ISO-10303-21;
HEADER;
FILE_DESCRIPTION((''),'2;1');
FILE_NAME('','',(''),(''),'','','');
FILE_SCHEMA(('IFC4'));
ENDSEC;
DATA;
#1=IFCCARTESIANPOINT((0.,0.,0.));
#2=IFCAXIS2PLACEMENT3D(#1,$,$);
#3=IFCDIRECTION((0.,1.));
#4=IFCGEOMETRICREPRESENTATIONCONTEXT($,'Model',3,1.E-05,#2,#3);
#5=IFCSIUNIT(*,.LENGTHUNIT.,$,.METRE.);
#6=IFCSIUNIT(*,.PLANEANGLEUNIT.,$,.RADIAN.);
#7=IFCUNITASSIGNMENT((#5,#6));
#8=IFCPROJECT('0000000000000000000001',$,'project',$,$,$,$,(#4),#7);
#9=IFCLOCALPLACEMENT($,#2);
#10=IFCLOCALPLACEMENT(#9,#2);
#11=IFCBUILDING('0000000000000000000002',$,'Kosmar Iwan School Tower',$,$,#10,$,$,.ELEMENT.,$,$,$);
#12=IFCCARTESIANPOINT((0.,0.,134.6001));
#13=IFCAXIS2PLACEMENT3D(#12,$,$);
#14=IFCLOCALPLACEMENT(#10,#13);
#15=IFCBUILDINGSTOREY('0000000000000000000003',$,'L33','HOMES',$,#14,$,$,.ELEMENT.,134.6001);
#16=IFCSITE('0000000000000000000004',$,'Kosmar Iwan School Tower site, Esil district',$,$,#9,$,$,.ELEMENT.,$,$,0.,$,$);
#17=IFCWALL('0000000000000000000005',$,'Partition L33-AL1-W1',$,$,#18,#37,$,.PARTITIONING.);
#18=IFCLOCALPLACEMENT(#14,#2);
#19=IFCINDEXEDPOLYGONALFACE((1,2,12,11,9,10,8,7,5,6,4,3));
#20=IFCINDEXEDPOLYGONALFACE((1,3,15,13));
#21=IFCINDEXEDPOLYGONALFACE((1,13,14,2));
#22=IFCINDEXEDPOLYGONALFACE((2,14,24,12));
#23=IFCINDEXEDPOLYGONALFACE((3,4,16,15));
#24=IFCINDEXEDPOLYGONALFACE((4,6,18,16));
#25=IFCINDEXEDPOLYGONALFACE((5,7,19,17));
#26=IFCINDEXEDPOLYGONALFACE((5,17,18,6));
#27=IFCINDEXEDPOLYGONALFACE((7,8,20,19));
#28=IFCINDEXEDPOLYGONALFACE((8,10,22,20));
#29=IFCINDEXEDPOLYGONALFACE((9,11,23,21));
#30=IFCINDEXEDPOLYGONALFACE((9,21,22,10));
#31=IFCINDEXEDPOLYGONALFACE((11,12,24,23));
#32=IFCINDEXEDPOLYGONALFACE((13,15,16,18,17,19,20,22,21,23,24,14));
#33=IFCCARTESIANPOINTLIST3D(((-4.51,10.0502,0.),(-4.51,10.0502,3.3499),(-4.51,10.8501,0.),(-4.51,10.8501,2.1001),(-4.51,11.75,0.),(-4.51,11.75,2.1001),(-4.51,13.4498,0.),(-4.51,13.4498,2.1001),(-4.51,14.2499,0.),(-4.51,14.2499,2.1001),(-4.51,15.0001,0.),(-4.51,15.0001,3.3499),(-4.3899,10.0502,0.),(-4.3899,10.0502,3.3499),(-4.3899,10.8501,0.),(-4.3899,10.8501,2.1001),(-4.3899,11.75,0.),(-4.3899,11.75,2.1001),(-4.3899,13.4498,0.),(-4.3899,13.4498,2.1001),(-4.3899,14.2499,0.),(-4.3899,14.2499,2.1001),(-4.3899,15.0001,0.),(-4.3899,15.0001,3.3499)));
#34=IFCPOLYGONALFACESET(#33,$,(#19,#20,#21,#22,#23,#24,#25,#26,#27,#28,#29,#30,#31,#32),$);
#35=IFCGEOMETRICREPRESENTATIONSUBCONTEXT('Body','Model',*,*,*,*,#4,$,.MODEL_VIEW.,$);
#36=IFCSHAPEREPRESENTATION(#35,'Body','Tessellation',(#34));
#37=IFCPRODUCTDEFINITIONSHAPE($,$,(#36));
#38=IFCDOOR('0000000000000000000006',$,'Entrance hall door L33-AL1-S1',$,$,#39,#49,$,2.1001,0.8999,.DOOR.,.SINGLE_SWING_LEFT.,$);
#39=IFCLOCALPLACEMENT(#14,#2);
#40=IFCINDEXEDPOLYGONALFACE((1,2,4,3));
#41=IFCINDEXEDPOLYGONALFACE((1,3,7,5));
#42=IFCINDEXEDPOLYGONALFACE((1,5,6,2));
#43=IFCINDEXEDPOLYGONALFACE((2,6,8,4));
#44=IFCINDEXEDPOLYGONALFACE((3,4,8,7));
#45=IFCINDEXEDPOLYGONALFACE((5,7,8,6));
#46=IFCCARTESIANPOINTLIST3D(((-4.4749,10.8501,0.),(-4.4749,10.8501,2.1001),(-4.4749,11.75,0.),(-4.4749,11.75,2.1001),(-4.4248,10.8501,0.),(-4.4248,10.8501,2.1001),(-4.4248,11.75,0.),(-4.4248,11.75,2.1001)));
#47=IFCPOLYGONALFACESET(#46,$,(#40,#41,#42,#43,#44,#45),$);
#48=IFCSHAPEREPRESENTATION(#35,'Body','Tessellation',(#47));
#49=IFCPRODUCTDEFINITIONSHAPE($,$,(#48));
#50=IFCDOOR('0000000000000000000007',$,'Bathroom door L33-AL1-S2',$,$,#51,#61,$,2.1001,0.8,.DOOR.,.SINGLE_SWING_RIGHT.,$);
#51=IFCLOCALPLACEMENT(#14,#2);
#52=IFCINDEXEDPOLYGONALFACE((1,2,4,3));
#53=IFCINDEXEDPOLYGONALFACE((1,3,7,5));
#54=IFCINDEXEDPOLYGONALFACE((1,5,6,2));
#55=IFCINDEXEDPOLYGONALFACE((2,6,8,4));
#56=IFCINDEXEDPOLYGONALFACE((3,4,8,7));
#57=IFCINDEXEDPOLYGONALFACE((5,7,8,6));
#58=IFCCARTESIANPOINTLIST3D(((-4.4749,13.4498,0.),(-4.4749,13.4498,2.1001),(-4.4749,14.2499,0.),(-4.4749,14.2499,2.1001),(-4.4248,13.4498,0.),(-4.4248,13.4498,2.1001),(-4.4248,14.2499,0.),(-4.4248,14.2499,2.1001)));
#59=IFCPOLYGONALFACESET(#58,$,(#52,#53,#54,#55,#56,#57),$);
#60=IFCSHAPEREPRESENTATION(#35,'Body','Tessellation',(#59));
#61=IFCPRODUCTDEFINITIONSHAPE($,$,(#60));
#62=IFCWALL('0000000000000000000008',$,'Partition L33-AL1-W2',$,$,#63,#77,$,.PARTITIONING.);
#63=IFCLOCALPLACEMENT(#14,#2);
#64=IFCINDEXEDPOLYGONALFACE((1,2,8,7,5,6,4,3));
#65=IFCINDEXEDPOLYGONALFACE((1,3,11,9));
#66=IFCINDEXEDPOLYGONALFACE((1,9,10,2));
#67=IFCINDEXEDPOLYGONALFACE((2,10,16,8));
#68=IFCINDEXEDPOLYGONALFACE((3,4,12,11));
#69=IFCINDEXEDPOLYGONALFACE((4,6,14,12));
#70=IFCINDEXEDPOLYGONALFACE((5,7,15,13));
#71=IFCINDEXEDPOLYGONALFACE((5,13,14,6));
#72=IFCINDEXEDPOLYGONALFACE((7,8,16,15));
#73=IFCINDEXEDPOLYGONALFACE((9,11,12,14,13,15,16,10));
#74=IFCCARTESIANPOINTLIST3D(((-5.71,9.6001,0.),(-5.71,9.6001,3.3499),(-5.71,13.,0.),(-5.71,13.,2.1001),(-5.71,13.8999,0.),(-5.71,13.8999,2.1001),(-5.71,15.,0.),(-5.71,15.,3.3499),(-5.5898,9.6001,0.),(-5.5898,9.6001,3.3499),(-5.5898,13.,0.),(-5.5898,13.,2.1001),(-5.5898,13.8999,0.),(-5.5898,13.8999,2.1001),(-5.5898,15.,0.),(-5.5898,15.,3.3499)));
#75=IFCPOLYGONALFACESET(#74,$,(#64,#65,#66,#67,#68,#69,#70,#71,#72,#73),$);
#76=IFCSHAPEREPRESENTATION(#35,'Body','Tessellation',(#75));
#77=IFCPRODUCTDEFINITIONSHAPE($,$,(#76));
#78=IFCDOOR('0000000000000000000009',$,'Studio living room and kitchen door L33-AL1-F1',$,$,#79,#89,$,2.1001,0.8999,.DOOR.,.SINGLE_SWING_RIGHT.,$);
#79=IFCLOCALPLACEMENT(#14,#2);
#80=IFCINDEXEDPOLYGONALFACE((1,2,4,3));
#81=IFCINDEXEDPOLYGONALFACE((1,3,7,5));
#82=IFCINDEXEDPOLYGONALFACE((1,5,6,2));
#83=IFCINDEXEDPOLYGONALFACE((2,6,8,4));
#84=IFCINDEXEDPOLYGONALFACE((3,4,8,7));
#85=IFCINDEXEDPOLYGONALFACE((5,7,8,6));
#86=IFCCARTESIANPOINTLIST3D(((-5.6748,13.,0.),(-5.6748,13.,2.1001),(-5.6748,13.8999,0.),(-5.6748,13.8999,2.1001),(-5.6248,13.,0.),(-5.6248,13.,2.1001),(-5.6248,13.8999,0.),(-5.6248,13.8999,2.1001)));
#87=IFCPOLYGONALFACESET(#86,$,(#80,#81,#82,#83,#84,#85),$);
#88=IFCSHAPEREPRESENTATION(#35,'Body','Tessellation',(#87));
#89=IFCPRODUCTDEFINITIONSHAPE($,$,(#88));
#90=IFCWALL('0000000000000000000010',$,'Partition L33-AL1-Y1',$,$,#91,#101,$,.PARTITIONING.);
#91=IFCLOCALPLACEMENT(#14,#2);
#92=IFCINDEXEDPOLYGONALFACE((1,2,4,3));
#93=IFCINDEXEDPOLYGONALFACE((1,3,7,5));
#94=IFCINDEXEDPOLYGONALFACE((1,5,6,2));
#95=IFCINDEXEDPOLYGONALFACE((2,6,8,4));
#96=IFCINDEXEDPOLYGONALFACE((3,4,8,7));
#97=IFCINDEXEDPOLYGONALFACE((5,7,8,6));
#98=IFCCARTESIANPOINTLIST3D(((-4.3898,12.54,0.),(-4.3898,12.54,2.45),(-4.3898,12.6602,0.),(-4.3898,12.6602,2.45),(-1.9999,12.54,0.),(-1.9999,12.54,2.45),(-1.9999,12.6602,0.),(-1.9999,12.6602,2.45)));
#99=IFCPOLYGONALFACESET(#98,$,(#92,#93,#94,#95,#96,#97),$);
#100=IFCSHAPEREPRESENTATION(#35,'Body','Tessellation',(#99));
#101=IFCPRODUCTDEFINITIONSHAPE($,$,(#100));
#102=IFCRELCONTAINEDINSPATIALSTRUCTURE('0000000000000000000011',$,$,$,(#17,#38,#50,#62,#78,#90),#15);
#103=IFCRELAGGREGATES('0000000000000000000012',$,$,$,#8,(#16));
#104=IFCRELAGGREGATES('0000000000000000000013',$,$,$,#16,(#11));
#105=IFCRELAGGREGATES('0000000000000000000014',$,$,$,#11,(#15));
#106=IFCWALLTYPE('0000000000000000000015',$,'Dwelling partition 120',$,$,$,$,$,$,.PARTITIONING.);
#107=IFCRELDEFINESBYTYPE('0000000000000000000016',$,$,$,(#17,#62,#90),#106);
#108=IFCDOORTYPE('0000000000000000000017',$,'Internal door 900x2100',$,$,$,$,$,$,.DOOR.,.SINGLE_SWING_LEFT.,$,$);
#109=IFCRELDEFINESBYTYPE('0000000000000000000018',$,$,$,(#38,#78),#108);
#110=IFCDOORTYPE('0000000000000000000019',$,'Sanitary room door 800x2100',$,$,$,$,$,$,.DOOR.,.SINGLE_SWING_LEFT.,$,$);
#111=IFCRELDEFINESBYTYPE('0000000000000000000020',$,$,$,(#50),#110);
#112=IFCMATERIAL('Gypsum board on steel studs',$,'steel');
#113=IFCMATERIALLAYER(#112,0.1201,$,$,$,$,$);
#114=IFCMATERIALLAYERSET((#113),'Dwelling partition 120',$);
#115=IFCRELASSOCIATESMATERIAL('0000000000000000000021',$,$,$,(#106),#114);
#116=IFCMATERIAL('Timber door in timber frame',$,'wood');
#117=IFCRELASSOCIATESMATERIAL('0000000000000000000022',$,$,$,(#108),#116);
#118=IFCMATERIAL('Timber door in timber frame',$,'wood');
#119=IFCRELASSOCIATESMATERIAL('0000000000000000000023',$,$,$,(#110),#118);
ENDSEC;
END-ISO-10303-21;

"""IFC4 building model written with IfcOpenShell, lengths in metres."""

from ifc_helpers import new_model, si_unit, direction, frame, frame_2d, origin, place, context, subcontext, project, spatial, rectangle, extrude, material, layer, layer_set, type_object, element, fill, save


model = new_model("IFC4")

# Units and contexts
model_context = context("Model", 3, precision=1e-05, world=origin(), true_north=direction((0.0, 1.0)))
body_context = subcontext(model_context, "Body", "Model", "MODEL_VIEW")
ifc_project = project(units=[si_unit("LENGTHUNIT", "METRE"), si_unit("PLANEANGLEUNIT", "RADIAN")], contexts=[model_context])

# Site, building, storey
site_placement = place(None, origin())
site = spatial("IfcSite", under=ifc_project, at=site_placement, Name="Kosmar Iwan School Tower site, Esil district", CompositionType="ELEMENT", RefElevation=0.0)
building_placement = place(site_placement, origin())
building = spatial("IfcBuilding", under=site, at=building_placement, Name="Kosmar Iwan School Tower", CompositionType="ELEMENT")
storey_placement = place(building_placement, frame((0.0, 0.0, 134.6001)))
storey = spatial("IfcBuildingStorey", under=building, at=storey_placement, Name="L33", Description="HOMES", CompositionType="ELEMENT", Elevation=134.6001)

# Wall, openings, doors
ifc_material_1 = material(Name="Gypsum board on steel studs", Category="steel")
ifc_layer_1 = layer(ifc_material_1, 0.1201)
ifc_layer_set_1 = layer_set([ifc_layer_1], Name="Dwelling partition 120")
wall_type_1 = type_object("IfcWallType", Name="Dwelling partition 120", PredefinedType="PARTITIONING", material=ifc_layer_set_1)
wall_1_placement = place(storey_placement, frame((-4.45, 10.05, 0.0), z_axis=(0.0, 0.0, 1.0), x_axis=(0.0, 1.0, 0.0)))
wall_1 = element("IfcWall", 1, at=wall_1_placement, inside=storey, type_object=wall_type_1, Name="Partition L33-AL1-W1", PredefinedType="PARTITIONING", context=body_context, shape_type="SweptSolid", body=[
    extrude(rectangle(XDim=4.95, YDim=0.1201, at=frame_2d((2.4751, 0.0))), origin(), (0.0, 0.0, 1.0), 3.3499),
])
opening_1_placement = place(wall_1_placement, frame((0.8, 0.0, 0.0)))
opening_1 = element("IfcOpeningElement", 2, at=opening_1_placement, cuts=wall_1, PredefinedType="OPENING", context=body_context, shape_type="SweptSolid", body=[
    extrude(rectangle(XDim=0.8999, YDim=2.1001, at=frame_2d((0.45, 1.05))), frame((0.0, 0.072, 0.0), z_axis=(0.0, -1.0, 0.0), x_axis=(1.0, 0.0, 0.0)), (0.0, 0.0, 1.0), 0.144),
])
opening_2_placement = place(wall_1_placement, frame((3.3999, 0.0, 0.0)))
opening_2 = element("IfcOpeningElement", 3, at=opening_2_placement, cuts=wall_1, PredefinedType="OPENING", context=body_context, shape_type="SweptSolid", body=[
    extrude(rectangle(XDim=0.8, YDim=2.1001, at=frame_2d((0.3999, 1.05))), frame((0.0, 0.072, 0.0), z_axis=(0.0, -1.0, 0.0), x_axis=(1.0, 0.0, 0.0)), (0.0, 0.0, 1.0), 0.144),
])
ifc_material_2 = material(Name="Timber door in timber frame", Category="wood")
door_type_1 = type_object("IfcDoorType", Name="Internal door 900x2100", OperationType="SINGLE_SWING_LEFT", PredefinedType="DOOR", material=ifc_material_2)
door_1_placement = place(opening_1_placement, origin())
door_1 = element("IfcDoor", 4, at=door_1_placement, inside=storey, type_object=door_type_1, Name="Entrance hall door L33-AL1-S1", OperationType="SINGLE_SWING_LEFT", OverallHeight=2.1001, OverallWidth=0.8999, PredefinedType="DOOR", context=body_context, shape_type="SweptSolid", body=[
    extrude(rectangle(XDim=0.8999, YDim=2.1001, at=frame_2d((0.45, 1.05))), frame((0.0, 0.0249, 0.0), z_axis=(0.0, -1.0, 0.0), x_axis=(1.0, 0.0, 0.0)), (0.0, 0.0, 1.0), 0.05),
])
fill(opening_1, door_1)
ifc_material_3 = material(Name="Timber door in timber frame", Category="wood")
door_type_2 = type_object("IfcDoorType", Name="Sanitary room door 800x2100", OperationType="SINGLE_SWING_LEFT", PredefinedType="DOOR", material=ifc_material_3)
door_2_placement = place(opening_2_placement, origin())
door_2 = element("IfcDoor", 5, at=door_2_placement, inside=storey, type_object=door_type_2, Name="Bathroom door L33-AL1-S2", OperationType="SINGLE_SWING_RIGHT", OverallHeight=2.1001, OverallWidth=0.8, PredefinedType="DOOR", context=body_context, shape_type="SweptSolid", body=[
    extrude(rectangle(XDim=0.8, YDim=2.1001, at=frame_2d((0.3999, 1.05))), frame((0.0, 0.0249, 0.0), z_axis=(0.0, -1.0, 0.0), x_axis=(1.0, 0.0, 0.0)), (0.0, 0.0, 1.0), 0.05),
])
fill(opening_2, door_2)

# Wall, opening, door
wall_2_placement = place(storey_placement, frame((-5.6499, 9.6001, 0.0), z_axis=(0.0, 0.0, 1.0), x_axis=(0.0, 1.0, 0.0)))
wall_2 = element("IfcWall", 6, at=wall_2_placement, inside=storey, type_object=wall_type_1, Name="Partition L33-AL1-W2", PredefinedType="PARTITIONING", context=body_context, shape_type="SweptSolid", body=[
    extrude(rectangle(XDim=5.3999, YDim=0.1201, at=frame_2d((2.7, 0.0))), origin(), (0.0, 0.0, 1.0), 3.3499),
])
opening_3_placement = place(wall_2_placement, frame((3.3999, 0.0, 0.0)))
opening_3 = element("IfcOpeningElement", 7, at=opening_3_placement, cuts=wall_2, PredefinedType="OPENING", context=body_context, shape_type="SweptSolid", body=[
    extrude(rectangle(XDim=0.8999, YDim=2.1001, at=frame_2d((0.45, 1.05))), frame((0.0, 0.072, 0.0), z_axis=(0.0, -1.0, 0.0), x_axis=(1.0, 0.0, 0.0)), (0.0, 0.0, 1.0), 0.144),
])
door_3_placement = place(opening_3_placement, origin())
door_3 = element("IfcDoor", 8, at=door_3_placement, inside=storey, type_object=door_type_1, Name="Studio living room and kitchen door L33-AL1-F1", OperationType="SINGLE_SWING_RIGHT", OverallHeight=2.1001, OverallWidth=0.8999, PredefinedType="DOOR", context=body_context, shape_type="SweptSolid", body=[
    extrude(rectangle(XDim=0.8999, YDim=2.1001, at=frame_2d((0.45, 1.05))), frame((0.0, 0.0249, 0.0), z_axis=(0.0, -1.0, 0.0), x_axis=(1.0, 0.0, 0.0)), (0.0, 0.0, 1.0), 0.05),
])
fill(opening_3, door_3)

# Wall
wall_3_placement = place(storey_placement, frame((-2.0, 12.6001, 0.0), z_axis=(0.0, 0.0, 1.0), x_axis=(-1.0, 0.0, 0.0)))
element("IfcWall", 9, at=wall_3_placement, inside=storey, type_object=wall_type_1, Name="Partition L33-AL1-Y1", PredefinedType="PARTITIONING", context=body_context, shape_type="SweptSolid", body=[
    extrude(rectangle(XDim=2.3899, YDim=0.1201, at=frame_2d((1.1948, 0.0))), origin(), (0.0, 0.0, 1.0), 2.45),
])

save(model, "model.ifc")
